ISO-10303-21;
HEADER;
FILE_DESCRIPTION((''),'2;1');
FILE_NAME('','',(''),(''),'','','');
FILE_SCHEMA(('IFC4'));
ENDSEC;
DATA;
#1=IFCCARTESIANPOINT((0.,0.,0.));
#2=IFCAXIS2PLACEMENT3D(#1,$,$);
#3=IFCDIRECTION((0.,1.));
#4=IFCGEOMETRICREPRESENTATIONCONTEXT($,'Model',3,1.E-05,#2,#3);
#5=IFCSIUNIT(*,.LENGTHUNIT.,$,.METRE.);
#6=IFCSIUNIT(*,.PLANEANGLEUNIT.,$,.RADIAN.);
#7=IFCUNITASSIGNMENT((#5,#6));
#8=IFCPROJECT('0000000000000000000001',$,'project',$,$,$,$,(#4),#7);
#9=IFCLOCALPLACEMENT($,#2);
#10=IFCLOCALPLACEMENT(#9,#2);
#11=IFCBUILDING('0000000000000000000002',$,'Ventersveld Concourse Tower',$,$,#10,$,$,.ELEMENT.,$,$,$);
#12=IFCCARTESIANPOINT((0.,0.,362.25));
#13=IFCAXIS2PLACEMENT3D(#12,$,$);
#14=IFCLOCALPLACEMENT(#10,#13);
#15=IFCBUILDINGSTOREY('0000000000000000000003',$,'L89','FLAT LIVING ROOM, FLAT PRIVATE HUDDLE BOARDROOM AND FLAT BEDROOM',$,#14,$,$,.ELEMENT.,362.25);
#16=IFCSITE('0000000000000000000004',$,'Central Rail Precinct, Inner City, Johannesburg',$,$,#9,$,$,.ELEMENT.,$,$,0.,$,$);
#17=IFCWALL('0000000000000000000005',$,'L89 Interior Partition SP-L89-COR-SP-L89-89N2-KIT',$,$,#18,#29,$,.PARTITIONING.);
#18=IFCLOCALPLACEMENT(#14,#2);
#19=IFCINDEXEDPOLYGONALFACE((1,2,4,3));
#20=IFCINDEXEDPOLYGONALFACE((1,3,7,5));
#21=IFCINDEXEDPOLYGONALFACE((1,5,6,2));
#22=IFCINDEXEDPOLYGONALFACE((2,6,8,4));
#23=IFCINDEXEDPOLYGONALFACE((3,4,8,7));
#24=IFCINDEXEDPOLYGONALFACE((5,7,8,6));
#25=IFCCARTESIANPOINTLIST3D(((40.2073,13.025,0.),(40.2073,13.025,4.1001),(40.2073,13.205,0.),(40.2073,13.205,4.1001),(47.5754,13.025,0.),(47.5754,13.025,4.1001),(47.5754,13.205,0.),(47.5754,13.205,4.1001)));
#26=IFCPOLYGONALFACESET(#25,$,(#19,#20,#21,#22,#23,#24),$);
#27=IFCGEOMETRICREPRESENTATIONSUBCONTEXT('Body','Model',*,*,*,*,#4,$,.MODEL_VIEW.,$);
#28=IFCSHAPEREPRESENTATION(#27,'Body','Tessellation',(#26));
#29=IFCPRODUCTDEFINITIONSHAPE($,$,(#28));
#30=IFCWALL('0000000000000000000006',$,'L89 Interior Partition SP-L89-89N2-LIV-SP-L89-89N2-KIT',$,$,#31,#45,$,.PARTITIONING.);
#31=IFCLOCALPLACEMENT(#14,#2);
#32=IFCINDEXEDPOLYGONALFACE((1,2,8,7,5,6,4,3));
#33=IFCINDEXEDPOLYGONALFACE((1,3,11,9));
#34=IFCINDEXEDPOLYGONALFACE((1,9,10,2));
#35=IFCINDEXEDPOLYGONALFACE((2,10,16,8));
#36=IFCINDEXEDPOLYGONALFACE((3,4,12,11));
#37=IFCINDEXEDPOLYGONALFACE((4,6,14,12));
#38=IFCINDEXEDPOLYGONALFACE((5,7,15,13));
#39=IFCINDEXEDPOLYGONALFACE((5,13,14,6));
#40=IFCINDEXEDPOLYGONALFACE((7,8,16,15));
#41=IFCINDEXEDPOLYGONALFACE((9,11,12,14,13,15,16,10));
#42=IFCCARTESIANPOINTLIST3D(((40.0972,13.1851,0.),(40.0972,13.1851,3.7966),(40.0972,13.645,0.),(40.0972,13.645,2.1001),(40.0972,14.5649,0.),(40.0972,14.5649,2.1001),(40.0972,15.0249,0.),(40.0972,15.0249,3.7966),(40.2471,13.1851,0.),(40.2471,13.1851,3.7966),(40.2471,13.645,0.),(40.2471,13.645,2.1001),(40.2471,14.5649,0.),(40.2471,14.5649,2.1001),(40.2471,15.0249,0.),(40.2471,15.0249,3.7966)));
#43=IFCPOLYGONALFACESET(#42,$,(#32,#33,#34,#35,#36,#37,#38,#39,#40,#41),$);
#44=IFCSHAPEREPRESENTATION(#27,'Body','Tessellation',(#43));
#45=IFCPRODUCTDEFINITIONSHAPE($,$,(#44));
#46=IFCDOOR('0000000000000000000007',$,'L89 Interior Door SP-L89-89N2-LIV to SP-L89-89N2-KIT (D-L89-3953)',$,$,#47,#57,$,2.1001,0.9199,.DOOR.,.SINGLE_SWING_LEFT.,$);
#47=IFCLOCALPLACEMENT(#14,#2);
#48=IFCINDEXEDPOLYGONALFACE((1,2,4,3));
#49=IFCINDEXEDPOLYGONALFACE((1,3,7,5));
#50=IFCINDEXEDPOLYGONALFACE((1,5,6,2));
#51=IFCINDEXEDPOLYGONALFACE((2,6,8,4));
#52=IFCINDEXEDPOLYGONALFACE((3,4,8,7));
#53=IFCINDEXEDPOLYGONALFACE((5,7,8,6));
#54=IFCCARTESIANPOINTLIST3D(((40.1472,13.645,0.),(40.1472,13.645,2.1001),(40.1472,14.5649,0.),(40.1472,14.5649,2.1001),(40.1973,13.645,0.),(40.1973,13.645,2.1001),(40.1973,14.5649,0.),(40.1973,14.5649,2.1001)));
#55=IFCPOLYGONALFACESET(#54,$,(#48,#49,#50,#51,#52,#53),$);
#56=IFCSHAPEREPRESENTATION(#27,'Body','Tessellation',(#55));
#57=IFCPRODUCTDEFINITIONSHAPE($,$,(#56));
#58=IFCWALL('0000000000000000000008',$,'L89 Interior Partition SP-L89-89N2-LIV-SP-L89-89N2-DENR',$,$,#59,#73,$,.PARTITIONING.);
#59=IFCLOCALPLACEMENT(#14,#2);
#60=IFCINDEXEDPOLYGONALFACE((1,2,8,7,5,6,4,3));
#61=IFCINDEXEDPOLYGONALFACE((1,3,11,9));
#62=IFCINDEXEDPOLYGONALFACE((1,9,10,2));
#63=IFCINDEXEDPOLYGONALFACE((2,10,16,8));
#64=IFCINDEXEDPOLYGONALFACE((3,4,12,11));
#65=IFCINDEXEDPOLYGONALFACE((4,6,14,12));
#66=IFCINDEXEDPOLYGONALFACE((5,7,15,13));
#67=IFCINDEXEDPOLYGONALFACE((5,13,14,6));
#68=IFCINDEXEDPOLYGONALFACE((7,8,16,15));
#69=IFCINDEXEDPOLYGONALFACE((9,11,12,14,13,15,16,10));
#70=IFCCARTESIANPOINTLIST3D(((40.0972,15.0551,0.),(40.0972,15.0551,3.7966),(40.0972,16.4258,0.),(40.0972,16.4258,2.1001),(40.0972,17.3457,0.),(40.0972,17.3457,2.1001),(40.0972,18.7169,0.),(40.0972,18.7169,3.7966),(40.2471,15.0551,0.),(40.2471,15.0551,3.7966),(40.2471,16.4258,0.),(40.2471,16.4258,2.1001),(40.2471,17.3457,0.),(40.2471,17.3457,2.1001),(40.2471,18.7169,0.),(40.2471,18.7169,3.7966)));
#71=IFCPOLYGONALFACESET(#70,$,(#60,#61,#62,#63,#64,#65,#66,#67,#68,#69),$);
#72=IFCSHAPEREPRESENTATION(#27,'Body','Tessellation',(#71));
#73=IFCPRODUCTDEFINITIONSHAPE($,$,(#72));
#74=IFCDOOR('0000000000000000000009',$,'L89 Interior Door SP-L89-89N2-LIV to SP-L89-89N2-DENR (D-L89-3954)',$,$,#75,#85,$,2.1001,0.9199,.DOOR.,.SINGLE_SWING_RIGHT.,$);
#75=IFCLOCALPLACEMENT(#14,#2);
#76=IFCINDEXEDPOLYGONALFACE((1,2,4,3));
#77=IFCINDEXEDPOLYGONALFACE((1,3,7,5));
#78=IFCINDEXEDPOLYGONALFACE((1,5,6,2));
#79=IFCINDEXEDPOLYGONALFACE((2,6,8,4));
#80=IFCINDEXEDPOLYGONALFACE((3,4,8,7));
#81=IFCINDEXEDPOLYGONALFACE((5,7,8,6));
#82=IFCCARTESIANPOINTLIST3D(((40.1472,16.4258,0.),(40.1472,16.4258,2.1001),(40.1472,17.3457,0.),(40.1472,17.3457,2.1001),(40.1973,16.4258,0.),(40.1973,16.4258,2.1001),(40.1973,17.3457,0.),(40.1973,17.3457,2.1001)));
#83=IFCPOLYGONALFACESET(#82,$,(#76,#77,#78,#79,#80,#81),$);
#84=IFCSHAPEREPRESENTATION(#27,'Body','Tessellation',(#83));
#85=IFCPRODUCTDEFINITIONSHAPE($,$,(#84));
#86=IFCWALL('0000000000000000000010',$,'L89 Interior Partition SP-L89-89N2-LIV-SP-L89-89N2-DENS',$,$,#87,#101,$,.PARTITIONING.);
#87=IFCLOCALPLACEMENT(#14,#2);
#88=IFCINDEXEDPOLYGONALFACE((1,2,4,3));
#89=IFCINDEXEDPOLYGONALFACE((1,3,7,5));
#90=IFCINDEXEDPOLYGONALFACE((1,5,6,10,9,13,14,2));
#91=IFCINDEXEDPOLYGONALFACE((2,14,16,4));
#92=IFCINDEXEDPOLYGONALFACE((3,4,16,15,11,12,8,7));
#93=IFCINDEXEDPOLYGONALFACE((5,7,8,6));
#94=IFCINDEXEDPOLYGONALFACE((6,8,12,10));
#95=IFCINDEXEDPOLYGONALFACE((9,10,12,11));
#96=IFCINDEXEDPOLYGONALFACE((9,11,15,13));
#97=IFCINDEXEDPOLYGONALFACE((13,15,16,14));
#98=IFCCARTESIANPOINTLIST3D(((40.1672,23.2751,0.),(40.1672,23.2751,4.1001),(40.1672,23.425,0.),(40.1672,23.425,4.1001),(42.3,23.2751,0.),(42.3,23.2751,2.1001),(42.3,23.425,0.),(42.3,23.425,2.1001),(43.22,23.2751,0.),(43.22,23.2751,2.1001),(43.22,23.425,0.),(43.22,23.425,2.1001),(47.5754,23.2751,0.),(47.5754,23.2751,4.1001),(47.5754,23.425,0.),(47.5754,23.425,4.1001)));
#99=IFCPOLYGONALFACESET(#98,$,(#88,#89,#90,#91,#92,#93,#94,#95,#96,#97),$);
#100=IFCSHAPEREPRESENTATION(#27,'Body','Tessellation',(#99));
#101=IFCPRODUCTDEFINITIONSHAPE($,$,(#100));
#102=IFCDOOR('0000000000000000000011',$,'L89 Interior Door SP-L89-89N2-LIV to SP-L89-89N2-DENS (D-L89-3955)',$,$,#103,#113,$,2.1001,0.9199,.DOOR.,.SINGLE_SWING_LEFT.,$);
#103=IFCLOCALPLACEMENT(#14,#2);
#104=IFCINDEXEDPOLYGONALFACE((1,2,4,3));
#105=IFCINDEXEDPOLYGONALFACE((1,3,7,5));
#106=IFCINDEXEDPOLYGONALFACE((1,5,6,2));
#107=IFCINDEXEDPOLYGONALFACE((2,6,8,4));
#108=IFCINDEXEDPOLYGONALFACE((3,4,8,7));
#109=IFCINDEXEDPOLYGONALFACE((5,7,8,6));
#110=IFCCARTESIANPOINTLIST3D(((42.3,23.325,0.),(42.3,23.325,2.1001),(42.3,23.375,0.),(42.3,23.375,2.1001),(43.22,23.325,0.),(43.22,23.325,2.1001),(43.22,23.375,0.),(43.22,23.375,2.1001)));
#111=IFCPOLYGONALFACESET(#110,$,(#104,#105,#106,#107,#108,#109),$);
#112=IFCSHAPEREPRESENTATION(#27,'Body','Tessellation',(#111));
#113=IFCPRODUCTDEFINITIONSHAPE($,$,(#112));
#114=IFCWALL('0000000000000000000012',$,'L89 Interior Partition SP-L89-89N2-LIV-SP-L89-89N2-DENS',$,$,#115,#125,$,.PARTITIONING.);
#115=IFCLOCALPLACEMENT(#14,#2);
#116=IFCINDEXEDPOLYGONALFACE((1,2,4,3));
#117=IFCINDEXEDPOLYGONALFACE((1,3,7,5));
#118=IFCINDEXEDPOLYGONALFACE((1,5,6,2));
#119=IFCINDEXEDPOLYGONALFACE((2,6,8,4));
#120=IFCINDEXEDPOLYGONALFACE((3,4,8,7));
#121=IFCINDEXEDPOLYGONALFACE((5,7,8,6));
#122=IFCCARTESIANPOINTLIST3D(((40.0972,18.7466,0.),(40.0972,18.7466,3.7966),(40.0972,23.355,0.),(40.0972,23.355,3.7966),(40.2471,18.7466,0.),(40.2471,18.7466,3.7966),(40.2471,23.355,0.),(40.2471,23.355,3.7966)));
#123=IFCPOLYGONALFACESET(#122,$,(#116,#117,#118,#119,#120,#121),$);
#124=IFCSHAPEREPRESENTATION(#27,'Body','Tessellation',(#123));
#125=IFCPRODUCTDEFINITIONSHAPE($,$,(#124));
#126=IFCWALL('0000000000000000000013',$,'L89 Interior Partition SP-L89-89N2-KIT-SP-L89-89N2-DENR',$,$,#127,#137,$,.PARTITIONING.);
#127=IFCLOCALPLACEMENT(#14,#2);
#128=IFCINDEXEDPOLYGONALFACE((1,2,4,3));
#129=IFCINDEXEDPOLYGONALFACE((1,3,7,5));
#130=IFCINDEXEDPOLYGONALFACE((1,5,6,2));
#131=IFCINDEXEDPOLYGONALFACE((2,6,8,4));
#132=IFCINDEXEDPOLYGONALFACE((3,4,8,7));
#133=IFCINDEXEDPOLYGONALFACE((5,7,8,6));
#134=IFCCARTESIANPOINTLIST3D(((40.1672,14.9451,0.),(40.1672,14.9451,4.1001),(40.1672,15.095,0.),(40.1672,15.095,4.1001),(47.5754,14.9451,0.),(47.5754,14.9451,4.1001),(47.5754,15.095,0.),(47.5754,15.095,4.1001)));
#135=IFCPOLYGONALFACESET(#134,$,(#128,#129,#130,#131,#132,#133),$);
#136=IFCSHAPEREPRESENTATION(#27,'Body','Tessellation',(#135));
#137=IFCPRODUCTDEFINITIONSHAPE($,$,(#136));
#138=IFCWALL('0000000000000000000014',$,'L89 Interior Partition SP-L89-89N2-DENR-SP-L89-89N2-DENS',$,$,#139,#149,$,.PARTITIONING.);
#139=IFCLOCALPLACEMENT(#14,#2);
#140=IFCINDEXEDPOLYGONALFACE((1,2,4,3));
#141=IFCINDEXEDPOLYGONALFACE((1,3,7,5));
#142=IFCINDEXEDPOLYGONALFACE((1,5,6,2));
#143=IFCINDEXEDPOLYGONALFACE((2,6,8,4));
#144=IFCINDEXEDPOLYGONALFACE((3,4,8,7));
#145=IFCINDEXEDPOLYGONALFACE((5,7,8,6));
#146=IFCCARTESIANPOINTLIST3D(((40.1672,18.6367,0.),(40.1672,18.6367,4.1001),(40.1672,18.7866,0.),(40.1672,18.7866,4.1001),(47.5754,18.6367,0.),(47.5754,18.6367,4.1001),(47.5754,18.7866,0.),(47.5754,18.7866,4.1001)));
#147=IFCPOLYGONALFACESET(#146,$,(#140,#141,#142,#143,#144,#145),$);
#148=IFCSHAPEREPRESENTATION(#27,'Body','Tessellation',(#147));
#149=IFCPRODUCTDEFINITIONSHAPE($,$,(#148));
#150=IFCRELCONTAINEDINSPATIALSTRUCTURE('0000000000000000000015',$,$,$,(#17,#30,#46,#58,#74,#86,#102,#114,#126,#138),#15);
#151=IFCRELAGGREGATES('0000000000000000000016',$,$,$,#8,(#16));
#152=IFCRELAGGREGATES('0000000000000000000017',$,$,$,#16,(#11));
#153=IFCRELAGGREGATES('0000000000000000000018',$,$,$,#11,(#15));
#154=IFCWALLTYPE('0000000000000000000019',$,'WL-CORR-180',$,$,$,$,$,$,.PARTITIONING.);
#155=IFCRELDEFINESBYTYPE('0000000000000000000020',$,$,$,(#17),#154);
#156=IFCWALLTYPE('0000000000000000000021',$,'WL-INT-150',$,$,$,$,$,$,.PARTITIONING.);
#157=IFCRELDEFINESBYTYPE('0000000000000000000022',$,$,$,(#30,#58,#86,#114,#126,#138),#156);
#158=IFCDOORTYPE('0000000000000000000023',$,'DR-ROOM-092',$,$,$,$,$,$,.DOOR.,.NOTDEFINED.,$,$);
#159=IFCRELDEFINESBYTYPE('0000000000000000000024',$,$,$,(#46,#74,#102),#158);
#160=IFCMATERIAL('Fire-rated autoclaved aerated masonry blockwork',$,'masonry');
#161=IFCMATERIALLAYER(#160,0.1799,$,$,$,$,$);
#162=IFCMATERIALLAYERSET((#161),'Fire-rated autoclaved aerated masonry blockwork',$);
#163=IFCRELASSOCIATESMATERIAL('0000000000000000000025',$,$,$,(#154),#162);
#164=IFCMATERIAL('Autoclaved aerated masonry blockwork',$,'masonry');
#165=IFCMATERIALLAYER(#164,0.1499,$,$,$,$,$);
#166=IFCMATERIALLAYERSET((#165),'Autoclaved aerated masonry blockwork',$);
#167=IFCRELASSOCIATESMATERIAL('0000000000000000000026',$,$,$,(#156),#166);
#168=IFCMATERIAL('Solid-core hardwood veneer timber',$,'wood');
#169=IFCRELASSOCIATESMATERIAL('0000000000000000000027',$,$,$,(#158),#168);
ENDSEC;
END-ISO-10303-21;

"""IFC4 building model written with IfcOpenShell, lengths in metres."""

from ifc_helpers import new_model, si_unit, direction, frame, frame_2d, origin, place, context, subcontext, project, spatial, rectangle, extrude, material, layer, layer_set, type_object, element, fill, save


model = new_model("IFC4")

# Units and contexts
model_context = context("Model", 3, precision=1e-05, world=origin(), true_north=direction((0.0, 1.0)))
body_context = subcontext(model_context, "Body", "Model", "MODEL_VIEW")
ifc_project = project(units=[si_unit("LENGTHUNIT", "METRE"), si_unit("PLANEANGLEUNIT", "RADIAN")], contexts=[model_context])

# Site, building, storey
site_placement = place(None, origin())
site = spatial("IfcSite", under=ifc_project, at=site_placement, Name="Central Rail Precinct, Inner City, Johannesburg", CompositionType="ELEMENT", RefElevation=0.0)
building_placement = place(site_placement, origin())
building = spatial("IfcBuilding", under=site, at=building_placement, Name="Ventersveld Concourse Tower", CompositionType="ELEMENT")
storey_placement = place(building_placement, frame((0.0, 0.0, 362.25)))
storey = spatial("IfcBuildingStorey", under=building, at=storey_placement, Name="L89", Description="FLAT LIVING ROOM, FLAT PRIVATE HUDDLE BOARDROOM AND FLAT BEDROOM", CompositionType="ELEMENT", Elevation=362.25)

# Shared definitions
ifc_material_1 = material(Name="Fire-rated autoclaved aerated masonry blockwork", Category="masonry")
ifc_layer_1 = layer(ifc_material_1, 0.1799)
ifc_layer_set_1 = layer_set([ifc_layer_1], Name="Fire-rated autoclaved aerated masonry blockwork")
wall_type_1 = type_object("IfcWallType", Name="WL-CORR-180", PredefinedType="PARTITIONING", material=ifc_layer_set_1)
ifc_material_2 = material(Name="Solid-core hardwood veneer timber", Category="wood")

# Wall
wall_1_placement = place(storey_placement, frame((40.2073, 13.115, 0.0), z_axis=(0.0, 0.0, 1.0), x_axis=(1.0, 0.0, 0.0)))
element("IfcWall", 1, at=wall_1_placement, inside=storey, type_object=wall_type_1, Name="L89 Interior Partition SP-L89-COR-SP-L89-89N2-KIT", PredefinedType="PARTITIONING", context=body_context, shape_type="SweptSolid", body=[
    extrude(rectangle(XDim=7.3682, YDim=0.1799, at=frame_2d((3.6841, 0.0))), origin(), (0.0, 0.0, 1.0), 4.1001),
])

# Walls, openings, doors
ifc_material_3 = material(Name="Autoclaved aerated masonry blockwork", Category="masonry")
ifc_layer_2 = layer(ifc_material_3, 0.1499)
ifc_layer_set_2 = layer_set([ifc_layer_2], Name="Autoclaved aerated masonry blockwork")
wall_type_2 = type_object("IfcWallType", Name="WL-INT-150", PredefinedType="PARTITIONING", material=ifc_layer_set_2)
wall_2_placement = place(storey_placement, frame((40.1721, 13.1851, 0.0), z_axis=(0.0, 0.0, 1.0), x_axis=(0.0, 1.0, 0.0)))
wall_2 = element("IfcWall", 2, at=wall_2_placement, inside=storey, type_object=wall_type_2, Name="L89 Interior Partition SP-L89-89N2-LIV-SP-L89-89N2-KIT", PredefinedType="PARTITIONING", context=body_context, shape_type="SweptSolid", body=[
    extrude(rectangle(XDim=1.8398, YDim=0.1499, at=frame_2d((0.9199, 0.0))), origin(), (0.0, 0.0, 1.0), 3.7966),
])
opening_1_placement = place(wall_2_placement, frame((0.46, 0.0, 0.0)))
opening_1 = element("IfcOpeningElement", 3, at=opening_1_placement, cuts=wall_2, PredefinedType="OPENING", context=body_context, shape_type="SweptSolid", body=[
    extrude(rectangle(XDim=0.9199, YDim=2.1001, at=frame_2d((0.46, 1.05))), frame((0.0, 0.085, 0.0), z_axis=(0.0, -1.0, 0.0), x_axis=(1.0, 0.0, 0.0)), (0.0, 0.0, 1.0), 0.1699),
])
door_type_1 = type_object("IfcDoorType", Name="DR-ROOM-092", OperationType="NOTDEFINED", PredefinedType="DOOR", material=ifc_material_2)
door_1_placement = place(opening_1_placement, origin())
door_1 = element("IfcDoor", 4, at=door_1_placement, inside=storey, type_object=door_type_1, Name="L89 Interior Door SP-L89-89N2-LIV to SP-L89-89N2-KIT (D-L89-3953)", OperationType="SINGLE_SWING_LEFT", OverallHeight=2.1001, OverallWidth=0.9199, PredefinedType="DOOR", context=body_context, shape_type="SweptSolid", body=[
    extrude(rectangle(XDim=0.9199, YDim=2.1001, at=frame_2d((0.46, 1.05))), frame((0.0, 0.0249, 0.0), z_axis=(0.0, -1.0, 0.0), x_axis=(1.0, 0.0, 0.0)), (0.0, 0.0, 1.0), 0.05),
])
fill(opening_1, door_1)
wall_3_placement = place(storey_placement, frame((40.1721, 15.0549, 0.0), z_axis=(0.0, 0.0, 1.0), x_axis=(0.0, 1.0, 0.0)))
wall_3 = element("IfcWall", 5, at=wall_3_placement, inside=storey, type_object=wall_type_2, Name="L89 Interior Partition SP-L89-89N2-LIV-SP-L89-89N2-DENR", PredefinedType="PARTITIONING", context=body_context, shape_type="SweptSolid", body=[
    extrude(rectangle(XDim=3.6619, YDim=0.1499, at=frame_2d((1.8311, 0.0))), origin(), (0.0, 0.0, 1.0), 3.7966),
])
opening_2_placement = place(wall_3_placement, frame((1.3708, 0.0, 0.0)))
opening_2 = element("IfcOpeningElement", 6, at=opening_2_placement, cuts=wall_3, PredefinedType="OPENING", context=body_context, shape_type="SweptSolid", body=[
    extrude(rectangle(XDim=0.9199, YDim=2.1001, at=frame_2d((0.46, 1.05))), frame((0.0, 0.085, 0.0), z_axis=(0.0, -1.0, 0.0), x_axis=(1.0, 0.0, 0.0)), (0.0, 0.0, 1.0), 0.1699),
])
door_2_placement = place(opening_2_placement, origin())
door_2 = element("IfcDoor", 7, at=door_2_placement, inside=storey, type_object=door_type_1, Name="L89 Interior Door SP-L89-89N2-LIV to SP-L89-89N2-DENR (D-L89-3954)", OperationType="SINGLE_SWING_RIGHT", OverallHeight=2.1001, OverallWidth=0.9199, PredefinedType="DOOR", context=body_context, shape_type="SweptSolid", body=[
    extrude(rectangle(XDim=0.9199, YDim=2.1001, at=frame_2d((0.46, 1.05))), frame((0.0, 0.0249, 0.0), z_axis=(0.0, -1.0, 0.0), x_axis=(1.0, 0.0, 0.0)), (0.0, 0.0, 1.0), 0.05),
])
fill(opening_2, door_2)
wall_4_placement = place(storey_placement, frame((40.1672, 23.3501, 0.0), z_axis=(0.0, 0.0, 1.0), x_axis=(1.0, 0.0, 0.0)))
wall_4 = element("IfcWall", 8, at=wall_4_placement, inside=storey, type_object=wall_type_2, Name="L89 Interior Partition SP-L89-89N2-LIV-SP-L89-89N2-DENS", PredefinedType="PARTITIONING", context=body_context, shape_type="SweptSolid", body=[
    extrude(rectangle(XDim=7.4082, YDim=0.1499, at=frame_2d((3.7041, 0.0))), origin(), (0.0, 0.0, 1.0), 4.1001),
])
opening_3_placement = place(wall_4_placement, frame((2.1328, 0.0, 0.0)))
opening_3 = element("IfcOpeningElement", 9, at=opening_3_placement, cuts=wall_4, PredefinedType="OPENING", context=body_context, shape_type="SweptSolid", body=[
    extrude(rectangle(XDim=0.9199, YDim=2.1001, at=frame_2d((0.46, 1.05))), frame((0.0, 0.085, 0.0), z_axis=(0.0, -1.0, 0.0), x_axis=(1.0, 0.0, 0.0)), (0.0, 0.0, 1.0), 0.1699),
])
door_3_placement = place(opening_3_placement, origin())
door_3 = element("IfcDoor", 10, at=door_3_placement, inside=storey, type_object=door_type_1, Name="L89 Interior Door SP-L89-89N2-LIV to SP-L89-89N2-DENS (D-L89-3955)", OperationType="SINGLE_SWING_LEFT", OverallHeight=2.1001, OverallWidth=0.9199, PredefinedType="DOOR", context=body_context, shape_type="SweptSolid", body=[
    extrude(rectangle(XDim=0.9199, YDim=2.1001, at=frame_2d((0.46, 1.05))), frame((0.0, 0.0249, 0.0), z_axis=(0.0, -1.0, 0.0), x_axis=(1.0, 0.0, 0.0)), (0.0, 0.0, 1.0), 0.05),
])
fill(opening_3, door_3)

# Walls
wall_5_placement = place(storey_placement, frame((40.1721, 18.7466, 0.0), z_axis=(0.0, 0.0, 1.0), x_axis=(0.0, 1.0, 0.0)))
element("IfcWall", 11, at=wall_5_placement, inside=storey, type_object=wall_type_2, Name="L89 Interior Partition SP-L89-89N2-LIV-SP-L89-89N2-DENS", PredefinedType="PARTITIONING", context=body_context, shape_type="SweptSolid", body=[
    extrude(rectangle(XDim=4.6084, YDim=0.1499, at=frame_2d((2.3042, 0.0))), origin(), (0.0, 0.0, 1.0), 3.7966),
])
for number, where, z_axis, x_axis, name in (
    (12, (40.1672, 15.02, 0.0), (0.0, 0.0, 1.0), (1.0, 0.0, 0.0), "L89 Interior Partition SP-L89-89N2-KIT-SP-L89-89N2-DENR"),
    (13, (40.1672, 18.7117, 0.0), (0.0, 0.0, 1.0), (1.0, 0.0, 0.0), "L89 Interior Partition SP-L89-89N2-DENR-SP-L89-89N2-DENS"),
):
    element("IfcWall", number, at=place(storey_placement, frame(where, z_axis=z_axis, x_axis=x_axis)), inside=storey, type_object=wall_type_2, Name=name, PredefinedType="PARTITIONING", context=body_context, shape_type="SweptSolid", body=[
        extrude(rectangle(XDim=7.4082, YDim=0.1499, at=frame_2d((3.7041, 0.0))), origin(), (0.0, 0.0, 1.0), 4.1001),
    ])

save(model, "model.ifc")
